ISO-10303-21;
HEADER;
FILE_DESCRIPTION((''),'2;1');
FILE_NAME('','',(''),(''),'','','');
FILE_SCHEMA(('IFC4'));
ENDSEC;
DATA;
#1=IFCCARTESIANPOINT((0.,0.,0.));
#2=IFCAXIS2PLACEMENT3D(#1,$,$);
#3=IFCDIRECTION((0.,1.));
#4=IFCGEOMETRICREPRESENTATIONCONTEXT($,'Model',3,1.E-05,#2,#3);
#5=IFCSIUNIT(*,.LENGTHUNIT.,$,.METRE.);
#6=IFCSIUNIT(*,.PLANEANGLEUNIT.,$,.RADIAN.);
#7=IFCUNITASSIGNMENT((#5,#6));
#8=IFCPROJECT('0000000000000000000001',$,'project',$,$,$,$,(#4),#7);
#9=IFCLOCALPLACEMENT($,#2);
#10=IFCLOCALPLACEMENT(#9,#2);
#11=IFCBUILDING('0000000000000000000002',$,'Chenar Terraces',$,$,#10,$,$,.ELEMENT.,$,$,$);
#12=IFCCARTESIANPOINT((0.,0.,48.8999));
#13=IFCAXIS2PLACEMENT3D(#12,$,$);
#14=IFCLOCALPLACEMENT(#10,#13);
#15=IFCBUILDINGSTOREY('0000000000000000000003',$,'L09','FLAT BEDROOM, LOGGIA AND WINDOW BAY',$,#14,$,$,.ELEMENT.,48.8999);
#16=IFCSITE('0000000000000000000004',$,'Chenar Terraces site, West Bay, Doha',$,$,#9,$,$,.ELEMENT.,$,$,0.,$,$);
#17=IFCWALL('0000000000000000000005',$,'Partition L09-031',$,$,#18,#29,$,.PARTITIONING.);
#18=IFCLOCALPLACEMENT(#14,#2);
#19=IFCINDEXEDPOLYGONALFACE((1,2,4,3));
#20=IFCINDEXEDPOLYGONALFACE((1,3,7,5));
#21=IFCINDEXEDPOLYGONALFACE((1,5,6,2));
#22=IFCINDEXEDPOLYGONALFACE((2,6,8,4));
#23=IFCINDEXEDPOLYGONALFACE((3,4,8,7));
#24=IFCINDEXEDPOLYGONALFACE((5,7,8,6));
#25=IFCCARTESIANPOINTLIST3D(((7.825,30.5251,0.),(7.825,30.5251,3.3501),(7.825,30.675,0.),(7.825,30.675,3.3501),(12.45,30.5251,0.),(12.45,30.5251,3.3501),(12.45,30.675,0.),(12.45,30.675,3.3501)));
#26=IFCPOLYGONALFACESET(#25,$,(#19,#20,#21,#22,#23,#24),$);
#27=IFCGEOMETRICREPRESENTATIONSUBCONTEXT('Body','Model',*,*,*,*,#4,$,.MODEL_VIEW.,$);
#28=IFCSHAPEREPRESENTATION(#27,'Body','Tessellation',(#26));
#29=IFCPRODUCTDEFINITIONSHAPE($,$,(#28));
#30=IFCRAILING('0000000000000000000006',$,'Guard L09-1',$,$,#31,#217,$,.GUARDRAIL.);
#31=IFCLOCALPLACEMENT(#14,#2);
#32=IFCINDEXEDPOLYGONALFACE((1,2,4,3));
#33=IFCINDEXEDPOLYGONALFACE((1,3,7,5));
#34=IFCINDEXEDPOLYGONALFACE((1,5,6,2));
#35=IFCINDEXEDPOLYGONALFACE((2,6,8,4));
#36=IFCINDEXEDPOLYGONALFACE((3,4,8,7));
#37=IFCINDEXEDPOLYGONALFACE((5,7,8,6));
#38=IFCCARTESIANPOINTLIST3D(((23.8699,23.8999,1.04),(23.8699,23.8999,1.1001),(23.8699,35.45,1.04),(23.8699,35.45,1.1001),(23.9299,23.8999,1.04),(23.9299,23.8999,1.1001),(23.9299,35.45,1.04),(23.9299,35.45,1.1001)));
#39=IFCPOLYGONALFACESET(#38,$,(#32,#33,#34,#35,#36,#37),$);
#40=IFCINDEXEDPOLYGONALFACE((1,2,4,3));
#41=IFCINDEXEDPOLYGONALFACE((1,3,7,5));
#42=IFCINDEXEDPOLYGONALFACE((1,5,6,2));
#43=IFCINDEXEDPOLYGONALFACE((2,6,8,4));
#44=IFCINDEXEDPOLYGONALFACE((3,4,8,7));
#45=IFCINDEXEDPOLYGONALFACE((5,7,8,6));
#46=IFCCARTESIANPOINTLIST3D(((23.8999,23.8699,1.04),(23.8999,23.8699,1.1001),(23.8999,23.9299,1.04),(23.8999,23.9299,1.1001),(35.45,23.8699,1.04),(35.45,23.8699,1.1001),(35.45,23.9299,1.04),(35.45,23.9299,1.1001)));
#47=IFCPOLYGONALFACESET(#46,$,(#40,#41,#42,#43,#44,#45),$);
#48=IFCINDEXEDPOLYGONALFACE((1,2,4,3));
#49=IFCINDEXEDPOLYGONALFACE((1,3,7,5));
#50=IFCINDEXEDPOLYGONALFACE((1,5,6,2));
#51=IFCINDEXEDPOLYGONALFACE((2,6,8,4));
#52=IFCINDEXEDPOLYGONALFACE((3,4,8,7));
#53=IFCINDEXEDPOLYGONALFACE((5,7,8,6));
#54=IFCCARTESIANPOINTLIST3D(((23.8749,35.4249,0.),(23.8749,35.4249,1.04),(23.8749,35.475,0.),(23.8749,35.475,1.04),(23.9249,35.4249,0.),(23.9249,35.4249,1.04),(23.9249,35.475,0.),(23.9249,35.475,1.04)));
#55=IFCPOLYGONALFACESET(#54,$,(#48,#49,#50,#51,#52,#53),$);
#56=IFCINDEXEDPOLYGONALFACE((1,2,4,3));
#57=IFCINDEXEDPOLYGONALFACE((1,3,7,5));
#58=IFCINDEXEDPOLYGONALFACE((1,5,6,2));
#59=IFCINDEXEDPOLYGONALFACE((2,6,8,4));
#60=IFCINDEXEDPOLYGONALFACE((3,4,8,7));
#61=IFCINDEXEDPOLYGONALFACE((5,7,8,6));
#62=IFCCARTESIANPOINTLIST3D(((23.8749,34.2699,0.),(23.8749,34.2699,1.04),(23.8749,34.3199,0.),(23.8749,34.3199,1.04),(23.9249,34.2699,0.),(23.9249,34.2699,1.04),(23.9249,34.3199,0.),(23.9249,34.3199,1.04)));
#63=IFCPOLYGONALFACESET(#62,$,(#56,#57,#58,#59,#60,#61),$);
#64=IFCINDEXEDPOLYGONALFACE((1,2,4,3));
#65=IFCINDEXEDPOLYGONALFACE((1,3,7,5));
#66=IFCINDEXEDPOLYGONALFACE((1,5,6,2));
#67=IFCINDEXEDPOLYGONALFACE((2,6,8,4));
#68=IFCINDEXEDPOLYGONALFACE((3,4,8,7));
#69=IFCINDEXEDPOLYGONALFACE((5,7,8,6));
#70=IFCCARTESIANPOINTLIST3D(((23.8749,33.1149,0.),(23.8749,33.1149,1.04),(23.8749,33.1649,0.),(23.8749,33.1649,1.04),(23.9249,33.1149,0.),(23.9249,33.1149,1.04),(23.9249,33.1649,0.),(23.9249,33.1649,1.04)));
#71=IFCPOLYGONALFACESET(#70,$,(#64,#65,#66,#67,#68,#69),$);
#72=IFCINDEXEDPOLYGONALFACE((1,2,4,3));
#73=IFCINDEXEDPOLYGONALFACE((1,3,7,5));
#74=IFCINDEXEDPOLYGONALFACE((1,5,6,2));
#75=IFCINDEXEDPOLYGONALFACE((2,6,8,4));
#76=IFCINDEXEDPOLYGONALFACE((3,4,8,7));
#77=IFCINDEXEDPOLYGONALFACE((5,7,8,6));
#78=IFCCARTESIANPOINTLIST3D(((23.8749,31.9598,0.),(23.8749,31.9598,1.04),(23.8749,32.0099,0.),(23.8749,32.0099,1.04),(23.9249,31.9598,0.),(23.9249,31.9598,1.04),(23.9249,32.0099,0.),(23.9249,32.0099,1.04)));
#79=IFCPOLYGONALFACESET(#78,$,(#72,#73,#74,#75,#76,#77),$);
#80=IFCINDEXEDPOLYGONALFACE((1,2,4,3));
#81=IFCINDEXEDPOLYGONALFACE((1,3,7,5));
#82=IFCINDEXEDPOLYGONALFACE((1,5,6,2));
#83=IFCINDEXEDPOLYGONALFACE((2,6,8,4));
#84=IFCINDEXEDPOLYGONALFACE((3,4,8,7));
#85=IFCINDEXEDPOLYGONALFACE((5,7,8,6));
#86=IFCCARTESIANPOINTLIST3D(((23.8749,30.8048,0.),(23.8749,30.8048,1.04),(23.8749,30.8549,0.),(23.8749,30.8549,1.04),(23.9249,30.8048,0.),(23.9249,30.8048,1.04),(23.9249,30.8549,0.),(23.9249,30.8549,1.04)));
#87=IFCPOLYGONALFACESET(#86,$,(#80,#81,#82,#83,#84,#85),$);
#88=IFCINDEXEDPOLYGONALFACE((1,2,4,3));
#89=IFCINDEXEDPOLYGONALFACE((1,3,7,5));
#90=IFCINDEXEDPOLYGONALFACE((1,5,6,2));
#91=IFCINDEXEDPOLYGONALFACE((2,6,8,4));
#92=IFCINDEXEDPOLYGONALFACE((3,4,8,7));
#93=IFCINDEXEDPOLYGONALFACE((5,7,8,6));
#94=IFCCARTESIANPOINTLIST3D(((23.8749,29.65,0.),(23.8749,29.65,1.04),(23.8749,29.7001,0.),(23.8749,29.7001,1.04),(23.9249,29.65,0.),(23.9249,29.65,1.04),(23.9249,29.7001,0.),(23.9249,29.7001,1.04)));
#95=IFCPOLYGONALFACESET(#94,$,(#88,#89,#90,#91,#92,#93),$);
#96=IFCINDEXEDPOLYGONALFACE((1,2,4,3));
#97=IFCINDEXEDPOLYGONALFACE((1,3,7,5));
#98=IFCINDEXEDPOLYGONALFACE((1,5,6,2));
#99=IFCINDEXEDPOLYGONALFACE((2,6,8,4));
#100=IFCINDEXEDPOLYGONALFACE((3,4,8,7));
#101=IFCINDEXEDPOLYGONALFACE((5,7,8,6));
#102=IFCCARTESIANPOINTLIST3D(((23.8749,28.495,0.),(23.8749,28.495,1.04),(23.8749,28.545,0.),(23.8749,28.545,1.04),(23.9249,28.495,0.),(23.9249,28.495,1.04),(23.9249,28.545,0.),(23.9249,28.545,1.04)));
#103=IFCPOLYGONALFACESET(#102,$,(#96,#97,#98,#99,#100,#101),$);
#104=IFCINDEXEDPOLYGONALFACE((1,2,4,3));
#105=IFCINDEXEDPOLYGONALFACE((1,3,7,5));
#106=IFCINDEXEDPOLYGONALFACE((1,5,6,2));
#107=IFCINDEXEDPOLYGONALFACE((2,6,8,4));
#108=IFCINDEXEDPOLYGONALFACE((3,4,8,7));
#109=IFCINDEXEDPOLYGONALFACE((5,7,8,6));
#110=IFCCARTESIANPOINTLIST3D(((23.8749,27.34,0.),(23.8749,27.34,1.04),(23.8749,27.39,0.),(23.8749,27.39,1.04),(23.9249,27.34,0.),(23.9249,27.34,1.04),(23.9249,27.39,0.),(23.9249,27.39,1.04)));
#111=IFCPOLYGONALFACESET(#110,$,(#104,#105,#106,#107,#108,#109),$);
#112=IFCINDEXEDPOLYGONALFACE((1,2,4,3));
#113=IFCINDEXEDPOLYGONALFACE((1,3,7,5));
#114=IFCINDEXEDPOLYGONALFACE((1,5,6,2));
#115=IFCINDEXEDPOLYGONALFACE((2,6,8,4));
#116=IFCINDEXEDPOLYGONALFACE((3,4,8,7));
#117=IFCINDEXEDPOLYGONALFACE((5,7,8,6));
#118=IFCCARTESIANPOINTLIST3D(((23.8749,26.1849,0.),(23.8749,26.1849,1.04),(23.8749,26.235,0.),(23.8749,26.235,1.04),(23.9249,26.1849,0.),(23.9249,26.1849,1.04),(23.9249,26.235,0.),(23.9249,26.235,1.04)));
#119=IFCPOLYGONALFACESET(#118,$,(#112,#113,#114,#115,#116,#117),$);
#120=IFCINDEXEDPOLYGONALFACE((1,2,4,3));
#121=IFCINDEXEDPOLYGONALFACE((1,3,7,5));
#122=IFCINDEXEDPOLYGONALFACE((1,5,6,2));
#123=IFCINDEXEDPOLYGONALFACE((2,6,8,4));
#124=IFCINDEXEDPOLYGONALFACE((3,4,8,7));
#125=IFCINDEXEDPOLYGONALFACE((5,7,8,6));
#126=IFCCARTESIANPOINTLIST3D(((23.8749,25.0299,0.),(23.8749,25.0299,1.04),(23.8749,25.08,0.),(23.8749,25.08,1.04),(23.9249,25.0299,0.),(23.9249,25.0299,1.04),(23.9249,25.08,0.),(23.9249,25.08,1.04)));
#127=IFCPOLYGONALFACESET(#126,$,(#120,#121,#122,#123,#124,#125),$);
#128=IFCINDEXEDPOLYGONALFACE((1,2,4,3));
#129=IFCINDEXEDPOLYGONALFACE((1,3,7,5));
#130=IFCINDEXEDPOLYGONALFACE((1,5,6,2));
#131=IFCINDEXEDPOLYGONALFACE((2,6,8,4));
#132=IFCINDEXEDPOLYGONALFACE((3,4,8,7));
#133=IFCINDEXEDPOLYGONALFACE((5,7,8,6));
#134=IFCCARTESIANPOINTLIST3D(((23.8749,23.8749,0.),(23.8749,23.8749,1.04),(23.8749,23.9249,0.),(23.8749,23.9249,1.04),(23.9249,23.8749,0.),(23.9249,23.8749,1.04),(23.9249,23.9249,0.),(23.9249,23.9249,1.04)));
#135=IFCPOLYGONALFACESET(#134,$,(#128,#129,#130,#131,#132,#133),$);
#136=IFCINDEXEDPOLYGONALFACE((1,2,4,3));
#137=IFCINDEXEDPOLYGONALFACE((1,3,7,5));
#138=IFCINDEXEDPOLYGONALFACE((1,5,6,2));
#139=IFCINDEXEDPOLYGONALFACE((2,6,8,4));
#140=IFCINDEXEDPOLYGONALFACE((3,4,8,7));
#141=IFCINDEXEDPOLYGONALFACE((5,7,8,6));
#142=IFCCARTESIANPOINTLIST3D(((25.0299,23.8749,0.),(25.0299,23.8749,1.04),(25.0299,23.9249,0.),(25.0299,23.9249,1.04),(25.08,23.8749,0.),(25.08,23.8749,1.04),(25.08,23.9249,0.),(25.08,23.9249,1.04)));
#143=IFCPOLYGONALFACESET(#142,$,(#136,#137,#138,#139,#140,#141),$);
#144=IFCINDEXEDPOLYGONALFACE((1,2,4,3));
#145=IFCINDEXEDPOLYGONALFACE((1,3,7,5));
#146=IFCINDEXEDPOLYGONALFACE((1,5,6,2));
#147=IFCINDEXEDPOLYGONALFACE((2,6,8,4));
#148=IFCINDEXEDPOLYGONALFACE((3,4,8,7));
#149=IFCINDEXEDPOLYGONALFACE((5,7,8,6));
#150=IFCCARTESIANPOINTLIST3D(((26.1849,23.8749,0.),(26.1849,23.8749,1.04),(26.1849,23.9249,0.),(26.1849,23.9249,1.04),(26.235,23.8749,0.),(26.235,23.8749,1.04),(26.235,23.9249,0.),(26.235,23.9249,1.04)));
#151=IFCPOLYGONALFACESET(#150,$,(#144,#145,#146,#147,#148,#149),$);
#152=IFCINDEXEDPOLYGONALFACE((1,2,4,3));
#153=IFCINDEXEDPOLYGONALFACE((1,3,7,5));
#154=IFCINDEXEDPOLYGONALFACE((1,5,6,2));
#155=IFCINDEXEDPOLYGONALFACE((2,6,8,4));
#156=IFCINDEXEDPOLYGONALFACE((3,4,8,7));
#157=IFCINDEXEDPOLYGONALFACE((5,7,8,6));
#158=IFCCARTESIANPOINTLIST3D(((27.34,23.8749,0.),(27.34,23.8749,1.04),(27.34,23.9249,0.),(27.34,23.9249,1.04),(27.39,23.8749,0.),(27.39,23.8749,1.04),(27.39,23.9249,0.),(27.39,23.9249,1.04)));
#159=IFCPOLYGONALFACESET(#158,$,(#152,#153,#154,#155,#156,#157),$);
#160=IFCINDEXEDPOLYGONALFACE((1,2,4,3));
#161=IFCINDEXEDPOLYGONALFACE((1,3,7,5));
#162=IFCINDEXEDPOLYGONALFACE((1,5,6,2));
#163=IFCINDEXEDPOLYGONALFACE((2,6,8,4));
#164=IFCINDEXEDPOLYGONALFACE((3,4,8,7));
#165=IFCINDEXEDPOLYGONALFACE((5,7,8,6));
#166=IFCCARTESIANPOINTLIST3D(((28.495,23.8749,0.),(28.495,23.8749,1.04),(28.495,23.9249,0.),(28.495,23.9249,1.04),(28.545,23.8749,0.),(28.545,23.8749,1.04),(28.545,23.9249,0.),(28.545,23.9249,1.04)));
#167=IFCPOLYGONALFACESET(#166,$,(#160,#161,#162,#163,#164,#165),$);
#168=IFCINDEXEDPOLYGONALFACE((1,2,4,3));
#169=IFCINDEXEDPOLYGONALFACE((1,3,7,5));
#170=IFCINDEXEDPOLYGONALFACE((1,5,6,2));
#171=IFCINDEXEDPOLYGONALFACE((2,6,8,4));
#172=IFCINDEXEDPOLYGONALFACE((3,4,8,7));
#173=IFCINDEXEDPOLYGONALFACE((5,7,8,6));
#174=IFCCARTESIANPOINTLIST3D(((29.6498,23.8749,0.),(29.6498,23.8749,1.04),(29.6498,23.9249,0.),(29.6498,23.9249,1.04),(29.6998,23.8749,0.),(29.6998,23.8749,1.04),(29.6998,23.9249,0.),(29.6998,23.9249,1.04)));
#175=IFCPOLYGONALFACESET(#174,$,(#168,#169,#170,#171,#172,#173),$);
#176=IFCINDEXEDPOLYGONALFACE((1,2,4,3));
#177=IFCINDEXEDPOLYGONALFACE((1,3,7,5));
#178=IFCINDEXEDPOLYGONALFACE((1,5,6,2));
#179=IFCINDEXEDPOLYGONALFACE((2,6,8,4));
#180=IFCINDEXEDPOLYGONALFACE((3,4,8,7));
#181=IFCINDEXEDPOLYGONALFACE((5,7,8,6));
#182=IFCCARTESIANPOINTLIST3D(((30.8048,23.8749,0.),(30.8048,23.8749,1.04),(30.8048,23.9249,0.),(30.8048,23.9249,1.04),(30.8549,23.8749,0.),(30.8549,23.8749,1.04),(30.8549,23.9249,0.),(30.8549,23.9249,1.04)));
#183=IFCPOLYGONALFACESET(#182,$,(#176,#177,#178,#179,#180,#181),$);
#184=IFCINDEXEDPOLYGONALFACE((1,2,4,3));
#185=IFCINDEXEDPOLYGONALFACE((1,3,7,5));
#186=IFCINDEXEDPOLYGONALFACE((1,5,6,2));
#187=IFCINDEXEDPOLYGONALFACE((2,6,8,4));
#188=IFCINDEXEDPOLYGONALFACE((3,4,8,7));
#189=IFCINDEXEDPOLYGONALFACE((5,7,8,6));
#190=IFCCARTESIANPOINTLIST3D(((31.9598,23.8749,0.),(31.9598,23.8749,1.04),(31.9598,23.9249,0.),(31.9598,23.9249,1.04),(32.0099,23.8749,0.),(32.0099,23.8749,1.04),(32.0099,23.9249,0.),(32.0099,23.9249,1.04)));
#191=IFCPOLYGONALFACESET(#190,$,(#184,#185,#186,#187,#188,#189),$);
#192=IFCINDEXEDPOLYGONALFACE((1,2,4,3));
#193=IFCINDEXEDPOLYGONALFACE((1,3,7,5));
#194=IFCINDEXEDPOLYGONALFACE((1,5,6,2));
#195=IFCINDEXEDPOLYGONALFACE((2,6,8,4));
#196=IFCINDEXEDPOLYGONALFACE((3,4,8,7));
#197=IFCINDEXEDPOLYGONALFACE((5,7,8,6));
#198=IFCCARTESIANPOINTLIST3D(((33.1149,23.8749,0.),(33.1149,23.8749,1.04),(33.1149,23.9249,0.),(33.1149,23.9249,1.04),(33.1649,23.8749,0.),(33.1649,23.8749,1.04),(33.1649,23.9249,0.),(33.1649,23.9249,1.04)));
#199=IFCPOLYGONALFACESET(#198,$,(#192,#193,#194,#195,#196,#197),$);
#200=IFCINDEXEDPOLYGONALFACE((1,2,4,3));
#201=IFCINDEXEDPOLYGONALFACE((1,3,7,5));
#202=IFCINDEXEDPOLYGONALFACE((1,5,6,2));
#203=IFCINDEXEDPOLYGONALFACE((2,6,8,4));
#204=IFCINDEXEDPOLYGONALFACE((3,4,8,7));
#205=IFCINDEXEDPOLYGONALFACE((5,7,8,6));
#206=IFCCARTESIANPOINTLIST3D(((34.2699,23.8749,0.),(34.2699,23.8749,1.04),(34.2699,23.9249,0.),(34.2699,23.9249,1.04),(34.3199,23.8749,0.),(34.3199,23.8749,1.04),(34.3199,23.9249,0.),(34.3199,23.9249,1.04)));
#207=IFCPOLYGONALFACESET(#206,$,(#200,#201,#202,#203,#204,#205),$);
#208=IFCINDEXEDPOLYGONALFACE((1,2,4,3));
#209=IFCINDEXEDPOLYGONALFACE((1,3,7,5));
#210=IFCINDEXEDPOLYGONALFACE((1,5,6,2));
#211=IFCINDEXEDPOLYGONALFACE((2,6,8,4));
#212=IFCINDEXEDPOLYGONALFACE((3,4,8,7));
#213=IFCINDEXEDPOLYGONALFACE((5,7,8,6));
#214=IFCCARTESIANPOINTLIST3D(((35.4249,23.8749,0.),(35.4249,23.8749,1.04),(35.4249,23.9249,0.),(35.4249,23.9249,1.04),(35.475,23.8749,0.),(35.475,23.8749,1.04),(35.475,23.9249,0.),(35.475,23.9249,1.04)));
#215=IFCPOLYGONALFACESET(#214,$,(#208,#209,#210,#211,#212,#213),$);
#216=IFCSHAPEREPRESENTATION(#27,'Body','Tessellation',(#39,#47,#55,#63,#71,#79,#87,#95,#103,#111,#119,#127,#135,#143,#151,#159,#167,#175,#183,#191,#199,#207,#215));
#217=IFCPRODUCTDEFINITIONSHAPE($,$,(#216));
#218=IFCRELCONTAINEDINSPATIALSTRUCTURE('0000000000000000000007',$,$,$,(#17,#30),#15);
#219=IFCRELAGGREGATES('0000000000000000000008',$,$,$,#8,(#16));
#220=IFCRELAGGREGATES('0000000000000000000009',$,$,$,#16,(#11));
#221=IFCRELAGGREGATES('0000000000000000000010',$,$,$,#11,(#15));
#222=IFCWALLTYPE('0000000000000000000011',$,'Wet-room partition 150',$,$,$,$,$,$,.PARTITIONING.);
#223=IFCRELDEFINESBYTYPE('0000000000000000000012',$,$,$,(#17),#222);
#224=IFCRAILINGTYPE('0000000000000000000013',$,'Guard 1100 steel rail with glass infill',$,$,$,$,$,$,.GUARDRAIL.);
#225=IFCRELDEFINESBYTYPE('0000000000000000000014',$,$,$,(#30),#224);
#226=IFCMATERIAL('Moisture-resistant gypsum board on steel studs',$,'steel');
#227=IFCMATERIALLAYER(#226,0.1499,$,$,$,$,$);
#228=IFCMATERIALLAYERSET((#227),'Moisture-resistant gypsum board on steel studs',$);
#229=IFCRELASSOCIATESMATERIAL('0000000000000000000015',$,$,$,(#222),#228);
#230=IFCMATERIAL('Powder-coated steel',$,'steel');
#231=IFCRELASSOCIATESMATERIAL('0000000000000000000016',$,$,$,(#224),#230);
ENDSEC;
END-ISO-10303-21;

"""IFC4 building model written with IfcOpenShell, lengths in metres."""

from ifc_helpers import new_model, si_unit, direction, frame, frame_2d, origin, origin_2d, place, context, subcontext, project, spatial, rectangle, extrude, material, layer, layer_set, type_object, element, save


model = new_model("IFC4")

# Units and contexts
model_context = context("Model", 3, precision=1e-05, world=origin(), true_north=direction((0.0, 1.0)))
body_context = subcontext(model_context, "Body", "Model", "MODEL_VIEW")
ifc_project = project(units=[si_unit("LENGTHUNIT", "METRE"), si_unit("PLANEANGLEUNIT", "RADIAN")], contexts=[model_context])

# Site, building, storey
site_placement = place(None, origin())
site = spatial("IfcSite", under=ifc_project, at=site_placement, Name="Chenar Terraces site, West Bay, Doha", CompositionType="ELEMENT", RefElevation=0.0)
building_placement = place(site_placement, origin())
building = spatial("IfcBuilding", under=site, at=building_placement, Name="Chenar Terraces", CompositionType="ELEMENT")
storey_placement = place(building_placement, frame((0.0, 0.0, 48.8999)))
storey = spatial("IfcBuildingStorey", under=building, at=storey_placement, Name="L09", Description="FLAT BEDROOM, LOGGIA AND WINDOW BAY", CompositionType="ELEMENT", Elevation=48.8999)

# Wall
ifc_material_1 = material(Name="Moisture-resistant gypsum board on steel studs", Category="steel")
ifc_layer_1 = layer(ifc_material_1, 0.1499)
ifc_layer_set_1 = layer_set([ifc_layer_1], Name="Moisture-resistant gypsum board on steel studs")
wall_type_1 = type_object("IfcWallType", Name="Wet-room partition 150", PredefinedType="PARTITIONING", material=ifc_layer_set_1)
wall_1_placement = place(storey_placement, frame((7.825, 30.6001, 0.0), z_axis=(0.0, 0.0, 1.0), x_axis=(1.0, 0.0, 0.0)))
element("IfcWall", 1, at=wall_1_placement, inside=storey, type_object=wall_type_1, Name="Partition L09-031", PredefinedType="PARTITIONING", context=body_context, shape_type="SweptSolid", body=[
    extrude(rectangle(XDim=4.625, YDim=0.1499, at=frame_2d((2.3125, 0.0))), origin(), (0.0, 0.0, 1.0), 3.3501),
])

# Railing
ifc_material_2 = material(Name="Powder-coated steel", Category="steel")
railing_type = type_object("IfcRailingType", Name="Guard 1100 steel rail with glass infill", PredefinedType="GUARDRAIL", material=ifc_material_2)
railing_placement = place(storey_placement, frame((23.8999, 35.45, 0.0)))
element("IfcRailing", 2, at=railing_placement, inside=storey, type_object=railing_type, Name="Guard L09-1", PredefinedType="GUARDRAIL", context=body_context, shape_type="SweptSolid", body=[
    extrude(rectangle(XDim=0.0601, YDim=0.0601, at=origin_2d()), frame((0.0, 0.0, 1.0701), z_axis=(0.0, -1.0, 0.0), x_axis=(1.0, 0.0, 0.0)), (0.0, 0.0, 1.0), 11.55),
    extrude(rectangle(XDim=0.0601, YDim=0.0601, at=origin_2d()), frame((0.0, -11.55, 1.0701), z_axis=(1.0, 0.0, 0.0), x_axis=(0.0, 1.0, 0.0)), (0.0, 0.0, 1.0), 11.55),
    extrude(rectangle(XDim=0.05, YDim=0.05, at=origin_2d()), origin(), (0.0, 0.0, 1.0), 1.04),
    extrude(rectangle(XDim=0.05, YDim=0.05, at=origin_2d()), frame((0.0, -1.155, 0.0)), (0.0, 0.0, 1.0), 1.04),
    extrude(rectangle(XDim=0.05, YDim=0.05, at=origin_2d()), frame((0.0, -2.3101, 0.0)), (0.0, 0.0, 1.0), 1.04),
    extrude(rectangle(XDim=0.05, YDim=0.05, at=origin_2d()), frame((0.0, -3.4651, 0.0)), (0.0, 0.0, 1.0), 1.04),
    extrude(rectangle(XDim=0.05, YDim=0.05, at=origin_2d()), frame((0.0, -4.6201, 0.0)), (0.0, 0.0, 1.0), 1.04),
    extrude(rectangle(XDim=0.05, YDim=0.05, at=origin_2d()), frame((0.0, -5.7749, 0.0)), (0.0, 0.0, 1.0), 1.04),
    extrude(rectangle(XDim=0.05, YDim=0.05, at=origin_2d()), frame((0.0, -6.9299, 0.0)), (0.0, 0.0, 1.0), 1.04),
    extrude(rectangle(XDim=0.05, YDim=0.05, at=origin_2d()), frame((0.0, -8.085, 0.0)), (0.0, 0.0, 1.0), 1.04),
    extrude(rectangle(XDim=0.05, YDim=0.05, at=origin_2d()), frame((0.0, -9.24, 0.0)), (0.0, 0.0, 1.0), 1.04),
    extrude(rectangle(XDim=0.05, YDim=0.05, at=origin_2d()), frame((0.0, -10.395, 0.0)), (0.0, 0.0, 1.0), 1.04),
    extrude(rectangle(XDim=0.05, YDim=0.05, at=origin_2d()), frame((0.0, -11.55, 0.0)), (0.0, 0.0, 1.0), 1.04),
    extrude(rectangle(XDim=0.05, YDim=0.05, at=origin_2d()), frame((1.155, -11.55, 0.0)), (0.0, 0.0, 1.0), 1.04),
    extrude(rectangle(XDim=0.05, YDim=0.05, at=origin_2d()), frame((2.3101, -11.55, 0.0)), (0.0, 0.0, 1.0), 1.04),
    extrude(rectangle(XDim=0.05, YDim=0.05, at=origin_2d()), frame((3.4651, -11.55, 0.0)), (0.0, 0.0, 1.0), 1.04),
    extrude(rectangle(XDim=0.05, YDim=0.05, at=origin_2d()), frame((4.6201, -11.55, 0.0)), (0.0, 0.0, 1.0), 1.04),
    extrude(rectangle(XDim=0.05, YDim=0.05, at=origin_2d()), frame((5.7749, -11.55, 0.0)), (0.0, 0.0, 1.0), 1.04),
    extrude(rectangle(XDim=0.05, YDim=0.05, at=origin_2d()), frame((6.9299, -11.55, 0.0)), (0.0, 0.0, 1.0), 1.04),
    extrude(rectangle(XDim=0.05, YDim=0.05, at=origin_2d()), frame((8.085, -11.55, 0.0)), (0.0, 0.0, 1.0), 1.04),
    extrude(rectangle(XDim=0.05, YDim=0.05, at=origin_2d()), frame((9.24, -11.55, 0.0)), (0.0, 0.0, 1.0), 1.04),
    extrude(rectangle(XDim=0.05, YDim=0.05, at=origin_2d()), frame((10.395, -11.55, 0.0)), (0.0, 0.0, 1.0), 1.04),
    extrude(rectangle(XDim=0.05, YDim=0.05, at=origin_2d()), frame((11.55, -11.55, 0.0)), (0.0, 0.0, 1.0), 1.04),
])

save(model, "model.ifc")
